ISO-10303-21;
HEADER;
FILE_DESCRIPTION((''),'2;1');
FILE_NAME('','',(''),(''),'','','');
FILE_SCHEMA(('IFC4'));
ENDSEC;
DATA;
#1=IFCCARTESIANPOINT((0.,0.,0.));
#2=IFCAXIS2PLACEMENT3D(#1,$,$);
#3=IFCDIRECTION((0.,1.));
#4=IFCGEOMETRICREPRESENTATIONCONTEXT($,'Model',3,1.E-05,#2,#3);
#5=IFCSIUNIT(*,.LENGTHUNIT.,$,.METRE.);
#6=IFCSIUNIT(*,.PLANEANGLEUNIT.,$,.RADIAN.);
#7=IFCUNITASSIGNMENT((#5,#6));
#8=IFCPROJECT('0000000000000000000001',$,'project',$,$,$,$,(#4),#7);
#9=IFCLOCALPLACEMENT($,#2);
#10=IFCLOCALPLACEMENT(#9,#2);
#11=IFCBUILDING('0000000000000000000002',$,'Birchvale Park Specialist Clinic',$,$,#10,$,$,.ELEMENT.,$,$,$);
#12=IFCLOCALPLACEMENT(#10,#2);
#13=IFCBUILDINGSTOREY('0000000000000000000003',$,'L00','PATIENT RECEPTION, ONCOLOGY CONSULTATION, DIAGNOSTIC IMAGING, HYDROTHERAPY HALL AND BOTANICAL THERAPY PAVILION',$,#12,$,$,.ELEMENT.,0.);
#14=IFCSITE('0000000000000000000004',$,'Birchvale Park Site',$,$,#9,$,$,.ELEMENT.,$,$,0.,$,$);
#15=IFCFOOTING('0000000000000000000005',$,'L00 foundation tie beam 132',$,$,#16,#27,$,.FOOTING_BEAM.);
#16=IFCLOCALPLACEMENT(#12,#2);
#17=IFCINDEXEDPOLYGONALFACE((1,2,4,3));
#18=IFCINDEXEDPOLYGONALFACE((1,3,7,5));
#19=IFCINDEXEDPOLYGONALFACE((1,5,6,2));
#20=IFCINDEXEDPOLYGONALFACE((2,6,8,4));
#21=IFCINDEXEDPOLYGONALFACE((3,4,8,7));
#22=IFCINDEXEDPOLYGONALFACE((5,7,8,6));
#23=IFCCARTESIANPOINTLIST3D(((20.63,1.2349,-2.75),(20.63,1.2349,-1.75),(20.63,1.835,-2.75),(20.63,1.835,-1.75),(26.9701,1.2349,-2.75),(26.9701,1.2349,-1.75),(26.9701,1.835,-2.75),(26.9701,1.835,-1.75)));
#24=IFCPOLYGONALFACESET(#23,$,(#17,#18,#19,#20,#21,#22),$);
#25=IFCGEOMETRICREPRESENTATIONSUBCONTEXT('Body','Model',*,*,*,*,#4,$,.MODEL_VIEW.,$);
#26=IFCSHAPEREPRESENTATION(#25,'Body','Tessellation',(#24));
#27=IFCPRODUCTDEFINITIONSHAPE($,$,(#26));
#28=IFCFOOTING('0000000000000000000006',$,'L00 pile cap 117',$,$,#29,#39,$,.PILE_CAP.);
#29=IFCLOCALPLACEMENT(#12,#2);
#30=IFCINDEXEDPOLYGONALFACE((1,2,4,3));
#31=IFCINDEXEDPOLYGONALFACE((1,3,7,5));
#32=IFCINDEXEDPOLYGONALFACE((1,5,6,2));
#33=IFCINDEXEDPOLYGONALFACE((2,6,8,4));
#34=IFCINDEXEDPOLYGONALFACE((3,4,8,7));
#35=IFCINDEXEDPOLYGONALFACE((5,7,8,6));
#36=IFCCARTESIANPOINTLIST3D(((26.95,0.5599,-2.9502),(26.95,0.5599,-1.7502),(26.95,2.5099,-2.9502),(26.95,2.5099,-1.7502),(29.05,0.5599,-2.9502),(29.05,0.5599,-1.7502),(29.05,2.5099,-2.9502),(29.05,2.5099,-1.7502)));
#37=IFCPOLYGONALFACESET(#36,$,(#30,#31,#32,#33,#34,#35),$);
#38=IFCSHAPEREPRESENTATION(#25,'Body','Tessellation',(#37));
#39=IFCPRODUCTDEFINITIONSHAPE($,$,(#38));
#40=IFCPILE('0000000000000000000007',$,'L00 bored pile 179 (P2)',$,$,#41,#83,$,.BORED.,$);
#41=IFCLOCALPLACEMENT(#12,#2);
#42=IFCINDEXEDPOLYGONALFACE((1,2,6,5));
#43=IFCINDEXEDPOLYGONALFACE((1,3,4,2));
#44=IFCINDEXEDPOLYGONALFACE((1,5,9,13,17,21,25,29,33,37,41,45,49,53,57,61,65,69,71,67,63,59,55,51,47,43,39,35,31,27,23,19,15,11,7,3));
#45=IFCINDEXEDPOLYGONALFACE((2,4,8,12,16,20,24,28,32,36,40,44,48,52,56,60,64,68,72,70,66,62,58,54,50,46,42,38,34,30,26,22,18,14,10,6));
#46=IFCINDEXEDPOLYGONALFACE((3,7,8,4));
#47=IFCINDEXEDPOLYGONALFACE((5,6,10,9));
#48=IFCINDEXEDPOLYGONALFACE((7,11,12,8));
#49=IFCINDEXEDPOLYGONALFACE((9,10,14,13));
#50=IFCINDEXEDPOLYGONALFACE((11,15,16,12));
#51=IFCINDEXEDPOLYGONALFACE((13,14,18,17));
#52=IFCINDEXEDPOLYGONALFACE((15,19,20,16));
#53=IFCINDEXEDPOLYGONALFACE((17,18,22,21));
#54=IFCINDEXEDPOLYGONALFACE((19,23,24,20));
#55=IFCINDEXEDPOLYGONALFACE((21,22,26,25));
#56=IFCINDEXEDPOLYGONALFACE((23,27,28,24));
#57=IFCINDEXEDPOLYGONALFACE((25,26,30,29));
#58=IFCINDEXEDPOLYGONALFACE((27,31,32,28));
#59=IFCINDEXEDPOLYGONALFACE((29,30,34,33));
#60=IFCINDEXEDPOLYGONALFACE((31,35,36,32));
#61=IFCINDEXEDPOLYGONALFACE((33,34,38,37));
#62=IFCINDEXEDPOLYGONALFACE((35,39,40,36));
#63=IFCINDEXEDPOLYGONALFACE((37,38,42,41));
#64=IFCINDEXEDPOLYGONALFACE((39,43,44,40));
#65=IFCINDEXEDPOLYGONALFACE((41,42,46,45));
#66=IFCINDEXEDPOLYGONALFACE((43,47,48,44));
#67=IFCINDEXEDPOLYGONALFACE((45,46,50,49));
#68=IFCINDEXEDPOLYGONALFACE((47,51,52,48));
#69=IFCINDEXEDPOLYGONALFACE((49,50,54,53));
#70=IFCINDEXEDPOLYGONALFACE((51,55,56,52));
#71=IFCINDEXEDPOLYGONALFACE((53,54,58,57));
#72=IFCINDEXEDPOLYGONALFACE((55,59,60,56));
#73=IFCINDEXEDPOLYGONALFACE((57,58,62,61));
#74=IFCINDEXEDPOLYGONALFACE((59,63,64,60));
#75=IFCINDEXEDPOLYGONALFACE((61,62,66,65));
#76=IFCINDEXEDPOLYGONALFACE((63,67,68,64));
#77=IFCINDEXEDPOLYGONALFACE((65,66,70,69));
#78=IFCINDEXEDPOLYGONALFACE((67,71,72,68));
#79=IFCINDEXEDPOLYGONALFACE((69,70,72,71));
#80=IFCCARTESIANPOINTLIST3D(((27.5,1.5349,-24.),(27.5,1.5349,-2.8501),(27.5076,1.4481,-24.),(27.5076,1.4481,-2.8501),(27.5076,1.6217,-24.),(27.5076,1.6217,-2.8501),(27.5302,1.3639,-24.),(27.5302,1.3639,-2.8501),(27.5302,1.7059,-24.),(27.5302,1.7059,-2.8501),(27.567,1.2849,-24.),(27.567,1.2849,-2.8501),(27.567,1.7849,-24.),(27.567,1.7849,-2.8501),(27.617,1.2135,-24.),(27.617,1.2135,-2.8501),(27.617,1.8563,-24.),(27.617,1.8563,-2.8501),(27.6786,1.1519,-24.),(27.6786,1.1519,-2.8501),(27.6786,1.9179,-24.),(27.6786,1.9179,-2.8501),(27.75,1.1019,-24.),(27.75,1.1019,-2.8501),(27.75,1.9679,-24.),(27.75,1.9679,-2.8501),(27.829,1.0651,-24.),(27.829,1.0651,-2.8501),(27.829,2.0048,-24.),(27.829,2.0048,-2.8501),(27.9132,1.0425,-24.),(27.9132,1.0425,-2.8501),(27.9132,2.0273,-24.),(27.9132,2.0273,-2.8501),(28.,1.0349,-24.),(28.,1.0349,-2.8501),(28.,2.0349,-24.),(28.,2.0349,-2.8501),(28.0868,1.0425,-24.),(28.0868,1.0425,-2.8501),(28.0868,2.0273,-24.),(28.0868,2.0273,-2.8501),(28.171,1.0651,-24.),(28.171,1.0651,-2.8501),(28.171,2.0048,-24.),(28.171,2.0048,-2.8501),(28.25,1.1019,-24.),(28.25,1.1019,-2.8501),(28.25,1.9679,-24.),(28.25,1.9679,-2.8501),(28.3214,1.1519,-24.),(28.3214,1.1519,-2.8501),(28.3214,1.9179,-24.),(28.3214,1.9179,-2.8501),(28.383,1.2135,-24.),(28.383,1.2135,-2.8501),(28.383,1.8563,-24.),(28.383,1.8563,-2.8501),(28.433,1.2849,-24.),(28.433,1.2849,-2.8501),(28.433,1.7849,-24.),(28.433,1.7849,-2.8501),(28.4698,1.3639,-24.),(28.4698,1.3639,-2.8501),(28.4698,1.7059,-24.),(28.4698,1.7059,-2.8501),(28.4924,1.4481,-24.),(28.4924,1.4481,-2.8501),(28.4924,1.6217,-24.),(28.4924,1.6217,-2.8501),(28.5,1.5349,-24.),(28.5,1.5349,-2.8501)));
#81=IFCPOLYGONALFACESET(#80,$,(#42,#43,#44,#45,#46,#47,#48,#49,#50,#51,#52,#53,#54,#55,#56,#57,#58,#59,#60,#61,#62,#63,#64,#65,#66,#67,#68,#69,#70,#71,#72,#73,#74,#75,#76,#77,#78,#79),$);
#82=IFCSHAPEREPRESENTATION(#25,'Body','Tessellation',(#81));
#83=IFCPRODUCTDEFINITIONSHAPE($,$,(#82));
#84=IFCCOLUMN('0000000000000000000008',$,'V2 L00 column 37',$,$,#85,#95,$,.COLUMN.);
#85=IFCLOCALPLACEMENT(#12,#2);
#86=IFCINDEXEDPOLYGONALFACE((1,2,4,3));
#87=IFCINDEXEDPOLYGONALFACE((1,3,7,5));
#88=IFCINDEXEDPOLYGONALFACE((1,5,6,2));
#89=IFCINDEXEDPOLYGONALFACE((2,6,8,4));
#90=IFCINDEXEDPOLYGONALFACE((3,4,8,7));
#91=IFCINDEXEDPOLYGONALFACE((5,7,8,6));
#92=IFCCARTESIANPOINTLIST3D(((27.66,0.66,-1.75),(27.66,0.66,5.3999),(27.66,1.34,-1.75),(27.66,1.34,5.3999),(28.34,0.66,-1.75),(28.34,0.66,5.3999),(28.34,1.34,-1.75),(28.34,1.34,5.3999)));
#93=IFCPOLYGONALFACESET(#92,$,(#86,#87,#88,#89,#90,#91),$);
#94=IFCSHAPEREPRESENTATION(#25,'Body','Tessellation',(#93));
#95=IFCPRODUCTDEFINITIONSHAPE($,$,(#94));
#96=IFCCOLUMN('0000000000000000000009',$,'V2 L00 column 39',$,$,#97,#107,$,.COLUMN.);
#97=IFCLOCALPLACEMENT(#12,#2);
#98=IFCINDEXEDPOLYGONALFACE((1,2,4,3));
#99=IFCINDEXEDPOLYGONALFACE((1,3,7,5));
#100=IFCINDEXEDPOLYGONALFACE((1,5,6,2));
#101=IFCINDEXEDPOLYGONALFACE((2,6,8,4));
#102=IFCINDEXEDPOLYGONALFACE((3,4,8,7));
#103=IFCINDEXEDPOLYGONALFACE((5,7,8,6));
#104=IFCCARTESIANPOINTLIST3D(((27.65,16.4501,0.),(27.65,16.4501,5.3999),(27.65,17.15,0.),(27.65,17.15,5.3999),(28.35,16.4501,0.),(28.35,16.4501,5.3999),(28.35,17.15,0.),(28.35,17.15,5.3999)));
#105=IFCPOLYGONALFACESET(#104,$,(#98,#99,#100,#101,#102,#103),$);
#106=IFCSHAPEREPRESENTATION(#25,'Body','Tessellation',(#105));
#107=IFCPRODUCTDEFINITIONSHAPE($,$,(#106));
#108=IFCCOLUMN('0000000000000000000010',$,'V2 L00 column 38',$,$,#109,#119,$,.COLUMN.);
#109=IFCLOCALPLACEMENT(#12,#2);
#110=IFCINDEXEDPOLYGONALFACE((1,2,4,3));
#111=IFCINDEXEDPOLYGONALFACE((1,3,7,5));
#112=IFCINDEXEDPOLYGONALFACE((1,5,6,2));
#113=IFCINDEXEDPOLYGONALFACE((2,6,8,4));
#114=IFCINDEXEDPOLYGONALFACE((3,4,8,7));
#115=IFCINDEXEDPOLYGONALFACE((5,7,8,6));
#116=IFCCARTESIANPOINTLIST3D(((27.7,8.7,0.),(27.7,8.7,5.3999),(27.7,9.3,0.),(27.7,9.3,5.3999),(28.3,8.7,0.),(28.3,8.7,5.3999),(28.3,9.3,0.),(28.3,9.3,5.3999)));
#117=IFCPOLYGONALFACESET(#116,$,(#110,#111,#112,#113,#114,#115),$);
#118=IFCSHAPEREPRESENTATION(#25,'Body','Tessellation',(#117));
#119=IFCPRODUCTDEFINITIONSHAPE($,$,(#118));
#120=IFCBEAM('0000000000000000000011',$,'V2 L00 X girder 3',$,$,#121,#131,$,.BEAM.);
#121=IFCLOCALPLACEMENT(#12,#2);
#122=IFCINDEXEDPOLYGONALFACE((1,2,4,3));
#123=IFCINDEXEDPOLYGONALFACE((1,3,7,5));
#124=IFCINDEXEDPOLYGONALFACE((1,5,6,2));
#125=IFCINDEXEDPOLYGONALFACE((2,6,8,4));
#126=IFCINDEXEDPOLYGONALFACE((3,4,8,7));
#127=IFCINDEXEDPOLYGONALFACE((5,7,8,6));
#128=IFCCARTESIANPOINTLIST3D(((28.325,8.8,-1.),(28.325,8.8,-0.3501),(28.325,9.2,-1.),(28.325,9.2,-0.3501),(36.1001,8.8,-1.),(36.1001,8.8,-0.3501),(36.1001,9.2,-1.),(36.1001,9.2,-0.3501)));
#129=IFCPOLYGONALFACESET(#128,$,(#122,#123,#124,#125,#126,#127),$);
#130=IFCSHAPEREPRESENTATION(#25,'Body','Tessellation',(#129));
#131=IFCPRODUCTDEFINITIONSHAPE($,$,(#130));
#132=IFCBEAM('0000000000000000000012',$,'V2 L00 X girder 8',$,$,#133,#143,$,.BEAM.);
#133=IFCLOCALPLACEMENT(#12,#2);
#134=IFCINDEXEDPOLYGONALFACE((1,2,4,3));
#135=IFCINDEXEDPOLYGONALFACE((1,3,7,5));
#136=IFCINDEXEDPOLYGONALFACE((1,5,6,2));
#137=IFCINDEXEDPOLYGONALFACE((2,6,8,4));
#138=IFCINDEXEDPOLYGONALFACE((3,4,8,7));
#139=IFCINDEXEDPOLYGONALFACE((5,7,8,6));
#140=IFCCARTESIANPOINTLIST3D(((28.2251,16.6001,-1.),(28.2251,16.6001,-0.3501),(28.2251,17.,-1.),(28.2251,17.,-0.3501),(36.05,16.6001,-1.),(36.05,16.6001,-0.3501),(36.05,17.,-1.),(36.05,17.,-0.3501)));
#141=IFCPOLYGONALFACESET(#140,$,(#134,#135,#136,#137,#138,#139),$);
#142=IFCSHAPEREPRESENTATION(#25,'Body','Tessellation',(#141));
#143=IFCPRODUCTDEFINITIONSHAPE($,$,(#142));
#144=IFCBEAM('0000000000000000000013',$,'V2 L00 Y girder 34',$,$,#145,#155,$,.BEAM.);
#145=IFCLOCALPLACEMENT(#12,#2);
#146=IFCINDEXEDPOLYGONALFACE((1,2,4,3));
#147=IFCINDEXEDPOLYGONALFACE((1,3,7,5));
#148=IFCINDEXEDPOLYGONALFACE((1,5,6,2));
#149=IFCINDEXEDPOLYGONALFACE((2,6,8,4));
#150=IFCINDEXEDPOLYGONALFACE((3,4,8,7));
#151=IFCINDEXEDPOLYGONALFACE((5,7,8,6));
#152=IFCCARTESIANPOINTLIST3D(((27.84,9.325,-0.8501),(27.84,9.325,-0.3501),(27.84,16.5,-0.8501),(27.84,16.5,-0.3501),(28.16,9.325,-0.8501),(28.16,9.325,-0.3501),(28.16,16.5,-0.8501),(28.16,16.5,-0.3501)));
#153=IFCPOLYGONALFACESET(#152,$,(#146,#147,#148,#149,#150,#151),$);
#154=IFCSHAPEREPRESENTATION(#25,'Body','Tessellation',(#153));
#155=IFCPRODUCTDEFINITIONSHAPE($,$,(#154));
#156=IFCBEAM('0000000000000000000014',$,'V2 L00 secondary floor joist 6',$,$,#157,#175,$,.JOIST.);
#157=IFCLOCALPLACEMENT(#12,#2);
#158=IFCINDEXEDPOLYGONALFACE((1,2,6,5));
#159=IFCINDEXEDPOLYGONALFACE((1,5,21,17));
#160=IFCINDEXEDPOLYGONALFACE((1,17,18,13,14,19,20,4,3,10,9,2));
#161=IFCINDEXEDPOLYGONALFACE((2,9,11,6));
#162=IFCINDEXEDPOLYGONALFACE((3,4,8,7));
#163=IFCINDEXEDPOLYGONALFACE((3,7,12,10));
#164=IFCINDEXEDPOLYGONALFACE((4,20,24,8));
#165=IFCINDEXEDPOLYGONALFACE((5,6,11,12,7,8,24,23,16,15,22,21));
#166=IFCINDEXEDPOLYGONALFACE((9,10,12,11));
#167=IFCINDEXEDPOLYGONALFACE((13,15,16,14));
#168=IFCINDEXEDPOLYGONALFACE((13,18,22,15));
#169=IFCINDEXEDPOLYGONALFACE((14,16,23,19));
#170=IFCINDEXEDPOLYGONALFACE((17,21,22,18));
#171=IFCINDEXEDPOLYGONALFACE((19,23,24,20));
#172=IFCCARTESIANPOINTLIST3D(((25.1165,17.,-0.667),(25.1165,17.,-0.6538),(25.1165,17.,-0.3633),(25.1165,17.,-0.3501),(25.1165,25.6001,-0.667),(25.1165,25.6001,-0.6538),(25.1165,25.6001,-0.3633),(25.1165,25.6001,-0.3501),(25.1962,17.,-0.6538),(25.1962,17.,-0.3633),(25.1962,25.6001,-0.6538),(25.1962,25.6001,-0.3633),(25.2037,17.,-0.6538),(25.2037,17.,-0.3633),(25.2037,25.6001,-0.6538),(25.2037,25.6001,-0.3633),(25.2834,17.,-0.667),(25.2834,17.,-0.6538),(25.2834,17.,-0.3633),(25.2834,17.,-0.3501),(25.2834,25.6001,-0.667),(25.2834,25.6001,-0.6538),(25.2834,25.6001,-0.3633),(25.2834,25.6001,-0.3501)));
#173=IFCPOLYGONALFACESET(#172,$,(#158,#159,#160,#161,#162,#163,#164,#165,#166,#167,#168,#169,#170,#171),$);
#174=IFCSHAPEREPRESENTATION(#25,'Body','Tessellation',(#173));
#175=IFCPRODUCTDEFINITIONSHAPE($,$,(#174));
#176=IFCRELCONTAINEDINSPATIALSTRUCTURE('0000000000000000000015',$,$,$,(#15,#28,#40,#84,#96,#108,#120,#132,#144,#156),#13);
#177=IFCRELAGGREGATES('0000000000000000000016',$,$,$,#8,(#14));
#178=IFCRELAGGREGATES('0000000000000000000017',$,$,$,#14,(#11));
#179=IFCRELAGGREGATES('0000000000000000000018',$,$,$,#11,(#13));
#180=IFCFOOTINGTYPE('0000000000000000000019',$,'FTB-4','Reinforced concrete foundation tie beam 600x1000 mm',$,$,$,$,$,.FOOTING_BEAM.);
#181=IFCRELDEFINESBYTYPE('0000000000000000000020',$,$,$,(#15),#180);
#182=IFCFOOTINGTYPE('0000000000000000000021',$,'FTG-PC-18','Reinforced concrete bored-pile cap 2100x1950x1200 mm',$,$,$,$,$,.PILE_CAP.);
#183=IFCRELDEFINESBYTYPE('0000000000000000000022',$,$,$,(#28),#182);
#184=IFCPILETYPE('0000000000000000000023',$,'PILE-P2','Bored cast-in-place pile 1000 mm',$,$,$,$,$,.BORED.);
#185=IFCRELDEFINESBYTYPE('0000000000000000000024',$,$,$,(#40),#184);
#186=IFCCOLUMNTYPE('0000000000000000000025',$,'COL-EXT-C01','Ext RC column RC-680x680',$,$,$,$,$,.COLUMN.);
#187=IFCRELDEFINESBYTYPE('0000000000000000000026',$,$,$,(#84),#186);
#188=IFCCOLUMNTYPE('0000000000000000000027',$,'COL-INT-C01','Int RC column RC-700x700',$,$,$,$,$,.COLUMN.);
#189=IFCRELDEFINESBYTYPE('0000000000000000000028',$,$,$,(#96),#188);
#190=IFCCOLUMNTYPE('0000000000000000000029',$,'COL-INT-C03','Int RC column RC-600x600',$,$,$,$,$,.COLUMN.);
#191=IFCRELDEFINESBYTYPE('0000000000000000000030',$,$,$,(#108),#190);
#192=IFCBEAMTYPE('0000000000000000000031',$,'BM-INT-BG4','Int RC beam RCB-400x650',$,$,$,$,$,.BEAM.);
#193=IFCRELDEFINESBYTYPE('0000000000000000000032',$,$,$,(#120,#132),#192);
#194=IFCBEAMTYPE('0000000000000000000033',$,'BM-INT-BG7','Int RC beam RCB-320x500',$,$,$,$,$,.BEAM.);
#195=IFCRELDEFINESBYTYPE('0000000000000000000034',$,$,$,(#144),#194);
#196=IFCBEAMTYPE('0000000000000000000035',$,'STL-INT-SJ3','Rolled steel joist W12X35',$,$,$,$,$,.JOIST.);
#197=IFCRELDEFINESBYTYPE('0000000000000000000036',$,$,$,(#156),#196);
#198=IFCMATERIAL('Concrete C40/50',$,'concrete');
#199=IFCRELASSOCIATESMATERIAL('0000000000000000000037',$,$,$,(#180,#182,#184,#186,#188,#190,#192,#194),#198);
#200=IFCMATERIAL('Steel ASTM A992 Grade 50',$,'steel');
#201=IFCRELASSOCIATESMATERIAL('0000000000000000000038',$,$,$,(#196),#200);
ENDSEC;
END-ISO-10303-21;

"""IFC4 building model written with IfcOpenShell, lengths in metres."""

from ifc_helpers import new_model, si_unit, direction, frame, origin, origin_2d, place, context, subcontext, project, spatial, rectangle, circle, i_section, extrude, material, material_profile, profile_set, type_object, element, save


model = new_model("IFC4")

# Units and contexts
model_context = context("Model", 3, precision=1e-05, world=origin(), true_north=direction((0.0, 1.0)))
body_context = subcontext(model_context, "Body", "Model", "MODEL_VIEW")
ifc_project = project(units=[si_unit("LENGTHUNIT", "METRE"), si_unit("PLANEANGLEUNIT", "RADIAN")], contexts=[model_context])

# Site, building, storey
site_placement = place(None, origin())
site = spatial("IfcSite", under=ifc_project, at=site_placement, Name="Birchvale Park Site", CompositionType="ELEMENT", RefElevation=0.0)
building_placement = place(site_placement, origin())
building = spatial("IfcBuilding", under=site, at=building_placement, Name="Birchvale Park Specialist Clinic", CompositionType="ELEMENT")
storey_placement = place(building_placement, origin())
storey = spatial("IfcBuildingStorey", under=building, at=storey_placement, Name="L00", Description="PATIENT RECEPTION, ONCOLOGY CONSULTATION, DIAGNOSTIC IMAGING, HYDROTHERAPY HALL AND BOTANICAL THERAPY PAVILION", CompositionType="ELEMENT", Elevation=0.0)

# Footings
ifc_material_1 = material(Name="Concrete C40/50", Category="concrete")
footing_type_1 = type_object("IfcFootingType", Name="FTB-4", Description="Reinforced concrete foundation tie beam 600x1000 mm", PredefinedType="FOOTING_BEAM", material=ifc_material_1)
footing_1_placement = place(storey_placement, frame((23.8, 1.5349, -2.75), z_axis=(0.0, 0.0, 1.0), x_axis=(1.0, 0.0, 0.0)))
element("IfcFooting", 1, at=footing_1_placement, inside=storey, type_object=footing_type_1, Name="L00 foundation tie beam 132", PredefinedType="FOOTING_BEAM", context=body_context, shape_type="SweptSolid", body=[
    extrude(rectangle(XDim=6.3401, YDim=0.6001, at=origin_2d()), origin(), (0.0, 0.0, 1.0), 1.0),
])
footing_type_2 = type_object("IfcFootingType", Name="FTG-PC-18", Description="Reinforced concrete bored-pile cap 2100x1950x1200 mm", PredefinedType="PILE_CAP", material=ifc_material_1)
footing_2_placement = place(storey_placement, frame((28.0, 1.5349, -2.9502), z_axis=(0.0, 0.0, 1.0), x_axis=(1.0, 0.0, 0.0)))
element("IfcFooting", 2, at=footing_2_placement, inside=storey, type_object=footing_type_2, Name="L00 pile cap 117", PredefinedType="PILE_CAP", context=body_context, shape_type="SweptSolid", body=[
    extrude(rectangle(XDim=2.1001, YDim=1.95, at=origin_2d()), origin(), (0.0, 0.0, 1.0), 1.2),
])

# Pile
ifc_material_profile_1 = material_profile(ifc_material_1, circle(Radius=0.5, at=origin_2d()), Name="PILE-1000")
ifc_profile_set_1 = profile_set([ifc_material_profile_1], Name="Concrete C40/50")
pile_type = type_object("IfcPileType", Name="PILE-P2", Description="Bored cast-in-place pile 1000 mm", PredefinedType="BORED", material=ifc_profile_set_1)
pile_placement = place(storey_placement, frame((28.0, 1.5349, -2.8501), z_axis=(0.0, 0.0, -1.0), x_axis=(1.0, 0.0, 0.0)))
element("IfcPile", 3, at=pile_placement, inside=storey, type_object=pile_type, Name="L00 bored pile 179 (P2)", PredefinedType="BORED", context=body_context, shape_type="SweptSolid", body=[
    extrude(circle(Radius=0.5, at=origin_2d()), origin(), (0.0, 0.0, 1.0), 21.1499),
])

# Columns
ifc_material_profile_2 = material_profile(ifc_material_1, rectangle(XDim=0.6799, YDim=0.6799, at=origin_2d()), Name="RC-680x680")
ifc_profile_set_2 = profile_set([ifc_material_profile_2], Name="Concrete C40/50")
column_type_1 = type_object("IfcColumnType", Name="COL-EXT-C01", Description="Ext RC column RC-680x680", PredefinedType="COLUMN", material=ifc_profile_set_2)
column_1_placement = place(storey_placement, frame((28.0, 1.0, -1.75), z_axis=(0.0, 0.0, 1.0), x_axis=(1.0, 0.0, 0.0)))
element("IfcColumn", 4, at=column_1_placement, inside=storey, type_object=column_type_1, Name="V2 L00 column 37", PredefinedType="COLUMN", context=body_context, shape_type="SweptSolid", body=[
    extrude(rectangle(XDim=0.6799, YDim=0.6799, at=origin_2d()), origin(), (0.0, 0.0, 1.0), 7.1499),
])
ifc_material_profile_3 = material_profile(ifc_material_1, rectangle(XDim=0.7, YDim=0.7, at=origin_2d()), Name="RC-700x700")
ifc_profile_set_3 = profile_set([ifc_material_profile_3], Name="Concrete C40/50")
column_type_2 = type_object("IfcColumnType", Name="COL-INT-C01", Description="Int RC column RC-700x700", PredefinedType="COLUMN", material=ifc_profile_set_3)
column_2_placement = place(storey_placement, frame((28.0, 16.8, 0.0), z_axis=(0.0, 0.0, 1.0), x_axis=(1.0, 0.0, 0.0)))
element("IfcColumn", 5, at=column_2_placement, inside=storey, type_object=column_type_2, Name="V2 L00 column 39", PredefinedType="COLUMN", context=body_context, shape_type="SweptSolid", body=[
    extrude(rectangle(XDim=0.7, YDim=0.7, at=origin_2d()), origin(), (0.0, 0.0, 1.0), 5.3999),
])
ifc_material_profile_4 = material_profile(ifc_material_1, rectangle(XDim=0.6001, YDim=0.6001, at=origin_2d()), Name="RC-600x600")
ifc_profile_set_4 = profile_set([ifc_material_profile_4], Name="Concrete C40/50")
column_type_3 = type_object("IfcColumnType", Name="COL-INT-C03", Description="Int RC column RC-600x600", PredefinedType="COLUMN", material=ifc_profile_set_4)
column_3_placement = place(storey_placement, frame((28.0, 9.0, 0.0), z_axis=(0.0, 0.0, 1.0), x_axis=(1.0, 0.0, 0.0)))
element("IfcColumn", 6, at=column_3_placement, inside=storey, type_object=column_type_3, Name="V2 L00 column 38", PredefinedType="COLUMN", context=body_context, shape_type="SweptSolid", body=[
    extrude(rectangle(XDim=0.6001, YDim=0.6001, at=origin_2d()), origin(), (0.0, 0.0, 1.0), 5.3999),
])

# Beams
ifc_material_profile_5 = material_profile(ifc_material_1, rectangle(XDim=0.3999, YDim=0.6499, at=origin_2d()), Name="RCB-400x650")
ifc_profile_set_5 = profile_set([ifc_material_profile_5], Name="Concrete C40/50")
beam_type_1 = type_object("IfcBeamType", Name="BM-INT-BG4", Description="Int RC beam RCB-400x650", PredefinedType="BEAM", material=ifc_profile_set_5)
beam_1_placement = place(storey_placement, frame((28.325, 9.0, -0.675), z_axis=(1.0, 0.0, 0.0), x_axis=(0.0, 1.0, 0.0)))
element("IfcBeam", 7, at=beam_1_placement, inside=storey, type_object=beam_type_1, Name="V2 L00 X girder 3", PredefinedType="BEAM", context=body_context, shape_type="SweptSolid", body=[
    extrude(rectangle(XDim=0.3999, YDim=0.6499, at=origin_2d()), origin(), (0.0, 0.0, 1.0), 7.7751),
])
beam_2_placement = place(storey_placement, frame((28.2251, 16.8, -0.675), z_axis=(1.0, 0.0, 0.0), x_axis=(0.0, 1.0, 0.0)))
element("IfcBeam", 8, at=beam_2_placement, inside=storey, type_object=beam_type_1, Name="V2 L00 X girder 8", PredefinedType="BEAM", context=body_context, shape_type="SweptSolid", body=[
    extrude(rectangle(XDim=0.3999, YDim=0.6499, at=origin_2d()), origin(), (0.0, 0.0, 1.0), 7.825),
])
ifc_material_profile_6 = material_profile(ifc_material_1, rectangle(XDim=0.3201, YDim=0.5, at=origin_2d()), Name="RCB-320x500")
ifc_profile_set_6 = profile_set([ifc_material_profile_6], Name="Concrete C40/50")
beam_type_2 = type_object("IfcBeamType", Name="BM-INT-BG7", Description="Int RC beam RCB-320x500", PredefinedType="BEAM", material=ifc_profile_set_6)
beam_3_placement = place(storey_placement, frame((28.0, 9.325, -0.6001), z_axis=(0.0, 1.0, 0.0), x_axis=(-1.0, 0.0, 0.0)))
element("IfcBeam", 9, at=beam_3_placement, inside=storey, type_object=beam_type_2, Name="V2 L00 Y girder 34", PredefinedType="BEAM", context=body_context, shape_type="SweptSolid", body=[
    extrude(rectangle(XDim=0.3201, YDim=0.5, at=origin_2d()), origin(), (0.0, 0.0, 1.0), 7.175),
])
ifc_material_2 = material(Name="Steel ASTM A992 Grade 50", Category="steel")
ifc_material_profile_7 = material_profile(ifc_material_2, i_section(OverallWidth=0.167, OverallDepth=0.3169, WebThickness=0.0076, FlangeThickness=0.0132, at=origin_2d()), Name="W12X35")
ifc_profile_set_7 = profile_set([ifc_material_profile_7], Name="Steel ASTM A992 Grade 50")
beam_type_3 = type_object("IfcBeamType", Name="STL-INT-SJ3", Description="Rolled steel joist W12X35", PredefinedType="JOIST", material=ifc_profile_set_7)
beam_4_placement = place(storey_placement, frame((25.2, 17.0, -0.5085), z_axis=(0.0, 1.0, 0.0), x_axis=(-1.0, 0.0, 0.0)))
element("IfcBeam", 10, at=beam_4_placement, inside=storey, type_object=beam_type_3, Name="V2 L00 secondary floor joist 6", PredefinedType="JOIST", context=body_context, shape_type="SweptSolid", body=[
    extrude(i_section(OverallWidth=0.167, OverallDepth=0.3169, WebThickness=0.0076, FlangeThickness=0.0132, at=origin_2d()), origin(), (0.0, 0.0, 1.0), 8.6001),
])

save(model, "model.ifc")
